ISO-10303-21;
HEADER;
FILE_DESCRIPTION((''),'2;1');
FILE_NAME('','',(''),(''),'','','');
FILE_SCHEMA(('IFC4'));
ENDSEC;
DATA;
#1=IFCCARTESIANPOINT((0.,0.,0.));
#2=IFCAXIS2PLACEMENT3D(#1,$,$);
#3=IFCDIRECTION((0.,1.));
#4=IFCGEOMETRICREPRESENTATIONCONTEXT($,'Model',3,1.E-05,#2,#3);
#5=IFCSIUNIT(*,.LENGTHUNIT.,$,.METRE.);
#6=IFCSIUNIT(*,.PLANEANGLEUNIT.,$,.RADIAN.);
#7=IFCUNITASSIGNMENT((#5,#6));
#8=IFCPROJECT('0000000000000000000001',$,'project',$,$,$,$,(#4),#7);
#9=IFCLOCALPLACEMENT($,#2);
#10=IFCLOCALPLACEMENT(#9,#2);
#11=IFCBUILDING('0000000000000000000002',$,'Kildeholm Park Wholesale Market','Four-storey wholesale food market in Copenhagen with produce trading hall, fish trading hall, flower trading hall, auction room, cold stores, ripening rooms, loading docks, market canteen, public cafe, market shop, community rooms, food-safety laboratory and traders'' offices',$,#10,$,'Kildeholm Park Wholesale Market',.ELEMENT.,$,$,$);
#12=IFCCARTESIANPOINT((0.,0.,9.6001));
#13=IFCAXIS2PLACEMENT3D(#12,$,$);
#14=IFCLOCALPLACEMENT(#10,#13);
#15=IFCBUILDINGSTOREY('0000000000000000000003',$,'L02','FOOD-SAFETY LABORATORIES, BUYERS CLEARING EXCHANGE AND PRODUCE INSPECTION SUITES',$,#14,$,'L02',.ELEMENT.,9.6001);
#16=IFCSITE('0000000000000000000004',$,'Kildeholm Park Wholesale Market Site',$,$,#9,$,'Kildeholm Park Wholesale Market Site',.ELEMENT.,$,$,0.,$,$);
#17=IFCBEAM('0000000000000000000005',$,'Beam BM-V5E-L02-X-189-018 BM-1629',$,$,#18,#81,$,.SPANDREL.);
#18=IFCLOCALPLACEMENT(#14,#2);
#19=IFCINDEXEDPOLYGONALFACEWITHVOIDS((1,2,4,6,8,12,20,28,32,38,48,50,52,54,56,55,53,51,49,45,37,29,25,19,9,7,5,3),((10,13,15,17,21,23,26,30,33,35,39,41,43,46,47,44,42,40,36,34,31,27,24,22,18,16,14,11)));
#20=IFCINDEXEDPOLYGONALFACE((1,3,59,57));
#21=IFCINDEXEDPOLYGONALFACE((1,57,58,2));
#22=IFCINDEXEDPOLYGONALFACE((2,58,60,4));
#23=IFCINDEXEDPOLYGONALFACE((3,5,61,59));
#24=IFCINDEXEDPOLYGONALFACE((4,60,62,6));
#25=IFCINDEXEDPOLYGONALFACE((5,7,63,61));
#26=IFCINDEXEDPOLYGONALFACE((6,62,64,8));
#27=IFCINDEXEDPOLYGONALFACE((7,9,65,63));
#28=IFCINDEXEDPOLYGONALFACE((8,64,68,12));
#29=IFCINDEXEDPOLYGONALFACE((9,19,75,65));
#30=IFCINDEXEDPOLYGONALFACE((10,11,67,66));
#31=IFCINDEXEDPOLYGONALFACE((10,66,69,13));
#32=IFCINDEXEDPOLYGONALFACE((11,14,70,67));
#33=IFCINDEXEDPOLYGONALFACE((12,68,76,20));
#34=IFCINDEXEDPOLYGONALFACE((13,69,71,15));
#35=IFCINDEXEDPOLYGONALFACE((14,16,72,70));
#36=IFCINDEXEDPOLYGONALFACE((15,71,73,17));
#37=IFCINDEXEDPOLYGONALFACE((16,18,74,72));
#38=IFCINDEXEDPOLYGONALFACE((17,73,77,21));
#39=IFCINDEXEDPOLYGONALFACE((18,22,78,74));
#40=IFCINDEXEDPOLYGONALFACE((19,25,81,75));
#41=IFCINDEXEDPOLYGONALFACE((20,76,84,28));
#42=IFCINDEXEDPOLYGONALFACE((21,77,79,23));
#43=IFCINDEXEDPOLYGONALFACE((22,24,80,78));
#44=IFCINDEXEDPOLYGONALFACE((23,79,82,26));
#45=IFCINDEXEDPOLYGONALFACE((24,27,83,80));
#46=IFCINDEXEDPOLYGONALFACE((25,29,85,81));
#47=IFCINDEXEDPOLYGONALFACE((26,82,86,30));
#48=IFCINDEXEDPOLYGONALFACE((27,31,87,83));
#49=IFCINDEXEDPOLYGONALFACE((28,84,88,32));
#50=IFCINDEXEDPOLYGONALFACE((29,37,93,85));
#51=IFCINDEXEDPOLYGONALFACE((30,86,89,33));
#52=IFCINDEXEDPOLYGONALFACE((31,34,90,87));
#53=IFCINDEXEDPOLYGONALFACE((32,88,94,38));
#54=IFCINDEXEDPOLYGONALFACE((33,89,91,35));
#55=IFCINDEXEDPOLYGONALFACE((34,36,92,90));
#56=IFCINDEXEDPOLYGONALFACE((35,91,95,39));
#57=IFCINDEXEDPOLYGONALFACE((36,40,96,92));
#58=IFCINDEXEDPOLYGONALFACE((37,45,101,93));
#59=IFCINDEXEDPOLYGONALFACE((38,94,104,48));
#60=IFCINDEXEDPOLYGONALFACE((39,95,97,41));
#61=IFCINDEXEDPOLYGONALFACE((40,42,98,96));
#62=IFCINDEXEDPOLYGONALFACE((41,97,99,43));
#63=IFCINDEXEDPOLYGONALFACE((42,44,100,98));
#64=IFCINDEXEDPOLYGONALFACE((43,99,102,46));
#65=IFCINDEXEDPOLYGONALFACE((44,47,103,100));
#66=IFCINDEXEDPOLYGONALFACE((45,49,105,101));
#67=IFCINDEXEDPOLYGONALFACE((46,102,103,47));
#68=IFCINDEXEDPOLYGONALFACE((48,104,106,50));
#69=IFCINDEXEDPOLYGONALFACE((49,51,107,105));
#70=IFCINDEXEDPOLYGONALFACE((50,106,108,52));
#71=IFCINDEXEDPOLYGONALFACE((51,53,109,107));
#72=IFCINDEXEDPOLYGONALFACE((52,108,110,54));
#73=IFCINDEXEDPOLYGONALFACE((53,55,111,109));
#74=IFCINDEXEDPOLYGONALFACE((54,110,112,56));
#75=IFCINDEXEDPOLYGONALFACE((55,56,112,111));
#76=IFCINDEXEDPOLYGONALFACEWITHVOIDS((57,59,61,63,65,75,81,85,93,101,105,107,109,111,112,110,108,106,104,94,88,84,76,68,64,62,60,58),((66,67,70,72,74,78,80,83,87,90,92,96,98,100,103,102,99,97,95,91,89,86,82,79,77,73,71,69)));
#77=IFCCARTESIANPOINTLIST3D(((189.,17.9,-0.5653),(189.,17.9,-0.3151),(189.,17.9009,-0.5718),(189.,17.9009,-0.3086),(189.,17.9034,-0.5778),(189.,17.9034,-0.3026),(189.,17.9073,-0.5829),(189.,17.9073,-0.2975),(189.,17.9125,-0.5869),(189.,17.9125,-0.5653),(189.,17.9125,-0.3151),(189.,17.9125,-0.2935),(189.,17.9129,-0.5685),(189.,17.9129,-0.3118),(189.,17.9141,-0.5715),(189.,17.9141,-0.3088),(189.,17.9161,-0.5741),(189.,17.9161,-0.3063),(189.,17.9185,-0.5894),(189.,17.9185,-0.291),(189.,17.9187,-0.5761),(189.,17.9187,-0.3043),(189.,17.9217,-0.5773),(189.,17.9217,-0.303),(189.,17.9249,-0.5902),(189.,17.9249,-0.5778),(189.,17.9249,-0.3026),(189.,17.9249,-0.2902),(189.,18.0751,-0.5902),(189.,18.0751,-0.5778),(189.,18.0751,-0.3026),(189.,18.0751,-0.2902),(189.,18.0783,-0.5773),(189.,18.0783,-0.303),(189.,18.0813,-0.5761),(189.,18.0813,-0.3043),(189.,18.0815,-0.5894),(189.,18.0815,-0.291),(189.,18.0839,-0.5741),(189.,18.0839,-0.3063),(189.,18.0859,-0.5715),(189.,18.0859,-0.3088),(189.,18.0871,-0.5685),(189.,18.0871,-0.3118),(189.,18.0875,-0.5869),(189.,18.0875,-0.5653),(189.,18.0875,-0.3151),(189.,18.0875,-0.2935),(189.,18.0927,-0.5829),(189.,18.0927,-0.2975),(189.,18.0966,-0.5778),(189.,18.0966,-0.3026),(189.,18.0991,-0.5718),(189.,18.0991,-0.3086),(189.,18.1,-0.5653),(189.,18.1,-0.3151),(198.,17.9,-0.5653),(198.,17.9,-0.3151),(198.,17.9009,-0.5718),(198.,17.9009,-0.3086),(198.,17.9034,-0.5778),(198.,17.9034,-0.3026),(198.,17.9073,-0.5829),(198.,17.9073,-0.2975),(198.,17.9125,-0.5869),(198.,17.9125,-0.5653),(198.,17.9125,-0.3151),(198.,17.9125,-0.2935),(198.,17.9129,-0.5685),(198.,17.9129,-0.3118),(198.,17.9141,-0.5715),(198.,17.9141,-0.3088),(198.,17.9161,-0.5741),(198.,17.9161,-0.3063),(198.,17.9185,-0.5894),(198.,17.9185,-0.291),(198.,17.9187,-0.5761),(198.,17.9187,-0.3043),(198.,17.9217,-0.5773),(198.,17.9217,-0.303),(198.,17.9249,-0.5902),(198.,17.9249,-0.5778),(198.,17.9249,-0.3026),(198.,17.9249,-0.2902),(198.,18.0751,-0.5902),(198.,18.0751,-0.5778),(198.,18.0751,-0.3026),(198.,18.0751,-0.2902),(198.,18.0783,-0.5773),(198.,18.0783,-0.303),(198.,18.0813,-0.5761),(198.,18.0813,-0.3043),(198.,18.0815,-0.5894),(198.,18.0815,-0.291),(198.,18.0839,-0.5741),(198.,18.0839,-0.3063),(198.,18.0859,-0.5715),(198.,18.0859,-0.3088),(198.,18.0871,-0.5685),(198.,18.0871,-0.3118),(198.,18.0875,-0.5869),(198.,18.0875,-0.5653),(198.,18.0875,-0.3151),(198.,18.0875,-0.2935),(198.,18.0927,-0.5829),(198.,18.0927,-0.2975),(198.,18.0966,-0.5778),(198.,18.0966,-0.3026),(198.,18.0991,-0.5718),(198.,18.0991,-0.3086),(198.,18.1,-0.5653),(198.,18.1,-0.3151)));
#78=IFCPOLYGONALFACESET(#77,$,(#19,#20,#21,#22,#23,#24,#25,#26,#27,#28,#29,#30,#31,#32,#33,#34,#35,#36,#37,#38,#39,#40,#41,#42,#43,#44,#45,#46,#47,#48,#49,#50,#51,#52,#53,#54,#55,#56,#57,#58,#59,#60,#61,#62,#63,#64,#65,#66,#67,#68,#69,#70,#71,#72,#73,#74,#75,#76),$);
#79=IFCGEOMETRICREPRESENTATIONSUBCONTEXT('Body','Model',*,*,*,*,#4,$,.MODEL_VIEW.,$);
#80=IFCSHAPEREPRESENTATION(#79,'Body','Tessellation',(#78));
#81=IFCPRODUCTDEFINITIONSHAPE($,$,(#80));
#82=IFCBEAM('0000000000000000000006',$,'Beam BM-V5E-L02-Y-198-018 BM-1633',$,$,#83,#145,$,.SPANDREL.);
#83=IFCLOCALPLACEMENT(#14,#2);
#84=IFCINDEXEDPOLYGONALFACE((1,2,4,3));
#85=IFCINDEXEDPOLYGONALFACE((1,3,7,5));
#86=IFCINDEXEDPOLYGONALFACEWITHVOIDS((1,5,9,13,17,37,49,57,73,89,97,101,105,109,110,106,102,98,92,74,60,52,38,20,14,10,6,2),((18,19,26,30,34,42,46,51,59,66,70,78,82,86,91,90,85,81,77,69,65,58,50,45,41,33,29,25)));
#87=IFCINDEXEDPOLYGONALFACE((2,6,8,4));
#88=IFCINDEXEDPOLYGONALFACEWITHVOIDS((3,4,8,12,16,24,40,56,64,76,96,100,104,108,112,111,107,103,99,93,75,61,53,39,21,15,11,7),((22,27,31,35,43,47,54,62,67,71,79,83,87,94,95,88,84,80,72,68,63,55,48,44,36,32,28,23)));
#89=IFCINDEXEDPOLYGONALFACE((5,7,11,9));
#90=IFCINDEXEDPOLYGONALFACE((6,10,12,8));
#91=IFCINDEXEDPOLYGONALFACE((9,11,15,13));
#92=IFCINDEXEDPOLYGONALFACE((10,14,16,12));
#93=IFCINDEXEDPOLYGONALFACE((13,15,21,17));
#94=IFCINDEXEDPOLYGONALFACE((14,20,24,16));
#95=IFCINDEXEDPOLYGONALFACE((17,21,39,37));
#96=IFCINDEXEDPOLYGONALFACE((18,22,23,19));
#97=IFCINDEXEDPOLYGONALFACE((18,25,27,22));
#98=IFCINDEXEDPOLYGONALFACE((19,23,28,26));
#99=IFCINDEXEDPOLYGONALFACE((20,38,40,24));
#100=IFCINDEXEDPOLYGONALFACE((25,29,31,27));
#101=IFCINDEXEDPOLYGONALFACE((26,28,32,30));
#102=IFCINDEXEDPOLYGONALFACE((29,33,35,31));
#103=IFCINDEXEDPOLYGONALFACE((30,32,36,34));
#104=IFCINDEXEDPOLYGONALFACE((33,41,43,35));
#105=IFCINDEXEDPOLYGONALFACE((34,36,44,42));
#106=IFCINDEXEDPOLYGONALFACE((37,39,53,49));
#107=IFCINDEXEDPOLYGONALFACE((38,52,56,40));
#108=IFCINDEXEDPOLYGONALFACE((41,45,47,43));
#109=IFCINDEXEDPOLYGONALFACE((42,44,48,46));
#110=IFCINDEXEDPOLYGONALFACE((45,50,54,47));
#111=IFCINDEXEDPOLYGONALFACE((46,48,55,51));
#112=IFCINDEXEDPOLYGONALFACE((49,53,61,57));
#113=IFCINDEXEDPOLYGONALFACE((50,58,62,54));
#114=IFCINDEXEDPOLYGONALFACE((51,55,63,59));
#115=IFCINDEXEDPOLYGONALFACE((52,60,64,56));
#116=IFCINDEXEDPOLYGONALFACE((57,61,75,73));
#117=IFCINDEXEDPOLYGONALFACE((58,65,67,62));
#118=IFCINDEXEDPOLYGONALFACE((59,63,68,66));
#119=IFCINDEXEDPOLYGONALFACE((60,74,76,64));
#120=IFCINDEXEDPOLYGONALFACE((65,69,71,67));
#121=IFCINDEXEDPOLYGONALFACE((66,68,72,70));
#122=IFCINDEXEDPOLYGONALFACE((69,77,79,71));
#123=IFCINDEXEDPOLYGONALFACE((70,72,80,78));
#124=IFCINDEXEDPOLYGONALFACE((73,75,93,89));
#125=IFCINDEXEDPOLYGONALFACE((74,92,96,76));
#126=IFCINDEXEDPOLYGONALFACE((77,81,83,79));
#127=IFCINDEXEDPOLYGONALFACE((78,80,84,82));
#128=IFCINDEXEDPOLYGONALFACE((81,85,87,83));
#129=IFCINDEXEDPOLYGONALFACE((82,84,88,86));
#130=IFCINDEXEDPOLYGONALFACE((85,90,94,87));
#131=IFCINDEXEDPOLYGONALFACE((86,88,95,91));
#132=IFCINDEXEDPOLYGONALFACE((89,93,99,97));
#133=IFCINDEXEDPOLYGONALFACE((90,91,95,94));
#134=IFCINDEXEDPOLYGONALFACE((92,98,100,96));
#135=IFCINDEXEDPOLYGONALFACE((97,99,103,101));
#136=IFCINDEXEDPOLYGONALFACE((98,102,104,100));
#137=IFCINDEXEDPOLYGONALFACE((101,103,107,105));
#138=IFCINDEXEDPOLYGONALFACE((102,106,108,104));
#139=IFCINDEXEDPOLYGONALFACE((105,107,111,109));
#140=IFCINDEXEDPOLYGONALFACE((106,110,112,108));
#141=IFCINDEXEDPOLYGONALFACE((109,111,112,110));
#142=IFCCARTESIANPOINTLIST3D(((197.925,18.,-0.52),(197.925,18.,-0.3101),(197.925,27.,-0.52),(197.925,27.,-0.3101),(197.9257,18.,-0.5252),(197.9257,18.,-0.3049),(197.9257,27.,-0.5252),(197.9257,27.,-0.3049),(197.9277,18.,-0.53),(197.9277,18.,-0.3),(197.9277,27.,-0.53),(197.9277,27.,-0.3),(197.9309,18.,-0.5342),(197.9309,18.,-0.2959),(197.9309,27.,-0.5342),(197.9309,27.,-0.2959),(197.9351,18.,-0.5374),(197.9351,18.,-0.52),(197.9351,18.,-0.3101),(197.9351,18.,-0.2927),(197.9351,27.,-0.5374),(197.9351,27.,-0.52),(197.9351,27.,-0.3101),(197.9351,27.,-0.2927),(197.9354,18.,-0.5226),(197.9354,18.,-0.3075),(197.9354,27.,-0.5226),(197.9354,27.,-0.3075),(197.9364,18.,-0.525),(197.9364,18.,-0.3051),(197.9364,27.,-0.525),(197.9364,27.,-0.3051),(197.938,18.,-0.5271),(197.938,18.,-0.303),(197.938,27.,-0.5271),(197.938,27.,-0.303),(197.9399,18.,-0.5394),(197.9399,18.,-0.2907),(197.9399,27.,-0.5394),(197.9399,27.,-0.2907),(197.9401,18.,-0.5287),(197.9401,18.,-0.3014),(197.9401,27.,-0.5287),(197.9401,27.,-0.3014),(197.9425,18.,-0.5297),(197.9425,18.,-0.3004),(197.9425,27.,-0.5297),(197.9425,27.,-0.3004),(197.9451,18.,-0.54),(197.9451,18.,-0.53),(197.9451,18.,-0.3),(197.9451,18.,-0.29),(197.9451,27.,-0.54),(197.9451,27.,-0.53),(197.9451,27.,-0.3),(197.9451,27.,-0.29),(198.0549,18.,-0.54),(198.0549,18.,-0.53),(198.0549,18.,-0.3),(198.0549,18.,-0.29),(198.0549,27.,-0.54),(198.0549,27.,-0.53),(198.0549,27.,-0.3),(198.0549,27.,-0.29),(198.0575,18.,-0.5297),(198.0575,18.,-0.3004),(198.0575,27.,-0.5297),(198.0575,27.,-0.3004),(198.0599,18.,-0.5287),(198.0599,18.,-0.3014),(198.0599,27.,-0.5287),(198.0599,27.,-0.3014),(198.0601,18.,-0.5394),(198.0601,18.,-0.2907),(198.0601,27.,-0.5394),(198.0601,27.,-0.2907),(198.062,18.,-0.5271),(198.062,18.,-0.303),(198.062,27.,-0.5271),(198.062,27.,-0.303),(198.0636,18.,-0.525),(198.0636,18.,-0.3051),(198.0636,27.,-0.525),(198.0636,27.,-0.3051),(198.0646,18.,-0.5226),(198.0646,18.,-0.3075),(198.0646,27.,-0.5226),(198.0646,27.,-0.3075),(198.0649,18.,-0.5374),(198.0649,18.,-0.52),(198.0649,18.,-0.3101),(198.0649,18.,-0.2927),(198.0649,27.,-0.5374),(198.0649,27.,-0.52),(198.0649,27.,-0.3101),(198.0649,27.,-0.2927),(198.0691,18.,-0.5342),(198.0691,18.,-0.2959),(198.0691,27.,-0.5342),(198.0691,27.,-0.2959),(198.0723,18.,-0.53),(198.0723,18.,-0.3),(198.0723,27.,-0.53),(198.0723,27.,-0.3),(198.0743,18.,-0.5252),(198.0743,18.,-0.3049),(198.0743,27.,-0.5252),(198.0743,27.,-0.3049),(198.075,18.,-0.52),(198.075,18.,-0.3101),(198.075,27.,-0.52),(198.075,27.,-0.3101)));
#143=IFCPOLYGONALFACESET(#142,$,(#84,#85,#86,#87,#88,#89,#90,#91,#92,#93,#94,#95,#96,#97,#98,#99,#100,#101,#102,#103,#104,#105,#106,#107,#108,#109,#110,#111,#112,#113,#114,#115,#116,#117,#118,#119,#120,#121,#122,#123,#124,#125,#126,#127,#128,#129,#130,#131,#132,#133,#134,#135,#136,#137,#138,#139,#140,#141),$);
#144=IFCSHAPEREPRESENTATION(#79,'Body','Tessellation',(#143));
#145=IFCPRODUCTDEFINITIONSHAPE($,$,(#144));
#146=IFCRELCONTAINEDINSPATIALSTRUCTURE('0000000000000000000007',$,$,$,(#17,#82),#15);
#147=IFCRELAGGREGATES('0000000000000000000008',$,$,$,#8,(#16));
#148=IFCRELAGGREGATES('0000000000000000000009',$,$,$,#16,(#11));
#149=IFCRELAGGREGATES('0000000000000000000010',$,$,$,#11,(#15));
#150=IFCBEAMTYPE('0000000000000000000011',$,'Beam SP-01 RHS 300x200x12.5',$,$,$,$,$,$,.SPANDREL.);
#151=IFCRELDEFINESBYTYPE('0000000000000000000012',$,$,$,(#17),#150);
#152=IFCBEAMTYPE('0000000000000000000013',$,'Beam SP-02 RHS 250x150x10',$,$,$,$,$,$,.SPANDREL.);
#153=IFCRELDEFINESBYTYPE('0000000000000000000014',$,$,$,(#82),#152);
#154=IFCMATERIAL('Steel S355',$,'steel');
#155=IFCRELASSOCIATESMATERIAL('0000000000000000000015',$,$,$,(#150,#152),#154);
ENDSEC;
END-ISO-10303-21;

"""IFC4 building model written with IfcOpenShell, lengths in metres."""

from ifc_helpers import new_model, si_unit, direction, frame, origin, origin_2d, place, context, subcontext, project, spatial, hollow_rectangle, extrude, material, material_profile, profile_set, type_object, element, save


model = new_model("IFC4")

# Units and contexts
model_context = context("Model", 3, precision=1e-05, world=origin(), true_north=direction((0.0, 1.0)))
body_context = subcontext(model_context, "Body", "Model", "MODEL_VIEW")
ifc_project = project(units=[si_unit("LENGTHUNIT", "METRE"), si_unit("PLANEANGLEUNIT", "RADIAN")], contexts=[model_context])

# Site, building, storey
site_placement = place(None, origin())
site = spatial("IfcSite", under=ifc_project, at=site_placement, Name="Kildeholm Park Wholesale Market Site", LongName="Kildeholm Park Wholesale Market Site", CompositionType="ELEMENT", RefElevation=0.0)
building_placement = place(site_placement, origin())
building = spatial("IfcBuilding", under=site, at=building_placement, Name="Kildeholm Park Wholesale Market", Description="Four-storey wholesale food market in Copenhagen with produce trading hall, fish trading hall, flower trading hall, auction room, cold stores, ripening rooms, loading docks, market canteen, public cafe, market shop, community rooms, food-safety laboratory and traders' offices", LongName="Kildeholm Park Wholesale Market", CompositionType="ELEMENT")
storey_placement = place(building_placement, frame((0.0, 0.0, 9.6001)))
storey = spatial("IfcBuildingStorey", under=building, at=storey_placement, Name="L02", Description="FOOD-SAFETY LABORATORIES, BUYERS CLEARING EXCHANGE AND PRODUCE INSPECTION SUITES", LongName="L02", CompositionType="ELEMENT", Elevation=9.6001)

# Shared definitions
ifc_material_1 = material(Name="Steel S355", Category="steel")

# Beams
ifc_material_profile_1 = material_profile(ifc_material_1, hollow_rectangle(XDim=0.2, YDim=0.3, WallThickness=0.0125, InnerFilletRadius=0.0125, OuterFilletRadius=0.0249, at=origin_2d()), Name="RHS 300x200x12.5")
ifc_profile_set_1 = profile_set([ifc_material_profile_1], Name="Steel S355")
beam_type_1 = type_object("IfcBeamType", Name="Beam SP-01 RHS 300x200x12.5", PredefinedType="SPANDREL", material=ifc_profile_set_1)
beam_1_placement = place(storey_placement, frame((189.0, 18.0, -0.4402), z_axis=(1.0, 0.0, 0.0), x_axis=(0.0, 1.0, 0.0)))
element("IfcBeam", 1, at=beam_1_placement, inside=storey, type_object=beam_type_1, Name="Beam BM-V5E-L02-X-189-018 BM-1629", PredefinedType="SPANDREL", context=body_context, shape_type="SweptSolid", body=[
    extrude(hollow_rectangle(XDim=0.2, YDim=0.3, WallThickness=0.0125, InnerFilletRadius=0.0125, OuterFilletRadius=0.0249, at=origin_2d()), origin(), (0.0, 0.0, 1.0), 9.0),
])
ifc_material_profile_2 = material_profile(ifc_material_1, hollow_rectangle(XDim=0.1499, YDim=0.25, WallThickness=0.01, InnerFilletRadius=0.01, OuterFilletRadius=0.02, at=origin_2d()), Name="RHS 250x150x10")
ifc_profile_set_2 = profile_set([ifc_material_profile_2], Name="Steel S355")
beam_type_2 = type_object("IfcBeamType", Name="Beam SP-02 RHS 250x150x10", PredefinedType="SPANDREL", material=ifc_profile_set_2)
for number, where, z_axis, x_axis, name in (
    (2, (198.0, 18.0, -0.415), (0.0, 1.0, 0.0), (-1.0, 0.0, 0.0), "Beam BM-V5E-L02-Y-198-018 BM-1633"),
):
    element("IfcBeam", number, at=place(storey_placement, frame(where, z_axis=z_axis, x_axis=x_axis)), inside=storey, type_object=beam_type_2, Name=name, PredefinedType="SPANDREL", context=body_context, shape_type="SweptSolid", body=[
        extrude(hollow_rectangle(XDim=0.1499, YDim=0.25, WallThickness=0.01, InnerFilletRadius=0.01, OuterFilletRadius=0.02, at=origin_2d()), origin(), (0.0, 0.0, 1.0), 9.0),
    ])

save(model, "model.ifc")
